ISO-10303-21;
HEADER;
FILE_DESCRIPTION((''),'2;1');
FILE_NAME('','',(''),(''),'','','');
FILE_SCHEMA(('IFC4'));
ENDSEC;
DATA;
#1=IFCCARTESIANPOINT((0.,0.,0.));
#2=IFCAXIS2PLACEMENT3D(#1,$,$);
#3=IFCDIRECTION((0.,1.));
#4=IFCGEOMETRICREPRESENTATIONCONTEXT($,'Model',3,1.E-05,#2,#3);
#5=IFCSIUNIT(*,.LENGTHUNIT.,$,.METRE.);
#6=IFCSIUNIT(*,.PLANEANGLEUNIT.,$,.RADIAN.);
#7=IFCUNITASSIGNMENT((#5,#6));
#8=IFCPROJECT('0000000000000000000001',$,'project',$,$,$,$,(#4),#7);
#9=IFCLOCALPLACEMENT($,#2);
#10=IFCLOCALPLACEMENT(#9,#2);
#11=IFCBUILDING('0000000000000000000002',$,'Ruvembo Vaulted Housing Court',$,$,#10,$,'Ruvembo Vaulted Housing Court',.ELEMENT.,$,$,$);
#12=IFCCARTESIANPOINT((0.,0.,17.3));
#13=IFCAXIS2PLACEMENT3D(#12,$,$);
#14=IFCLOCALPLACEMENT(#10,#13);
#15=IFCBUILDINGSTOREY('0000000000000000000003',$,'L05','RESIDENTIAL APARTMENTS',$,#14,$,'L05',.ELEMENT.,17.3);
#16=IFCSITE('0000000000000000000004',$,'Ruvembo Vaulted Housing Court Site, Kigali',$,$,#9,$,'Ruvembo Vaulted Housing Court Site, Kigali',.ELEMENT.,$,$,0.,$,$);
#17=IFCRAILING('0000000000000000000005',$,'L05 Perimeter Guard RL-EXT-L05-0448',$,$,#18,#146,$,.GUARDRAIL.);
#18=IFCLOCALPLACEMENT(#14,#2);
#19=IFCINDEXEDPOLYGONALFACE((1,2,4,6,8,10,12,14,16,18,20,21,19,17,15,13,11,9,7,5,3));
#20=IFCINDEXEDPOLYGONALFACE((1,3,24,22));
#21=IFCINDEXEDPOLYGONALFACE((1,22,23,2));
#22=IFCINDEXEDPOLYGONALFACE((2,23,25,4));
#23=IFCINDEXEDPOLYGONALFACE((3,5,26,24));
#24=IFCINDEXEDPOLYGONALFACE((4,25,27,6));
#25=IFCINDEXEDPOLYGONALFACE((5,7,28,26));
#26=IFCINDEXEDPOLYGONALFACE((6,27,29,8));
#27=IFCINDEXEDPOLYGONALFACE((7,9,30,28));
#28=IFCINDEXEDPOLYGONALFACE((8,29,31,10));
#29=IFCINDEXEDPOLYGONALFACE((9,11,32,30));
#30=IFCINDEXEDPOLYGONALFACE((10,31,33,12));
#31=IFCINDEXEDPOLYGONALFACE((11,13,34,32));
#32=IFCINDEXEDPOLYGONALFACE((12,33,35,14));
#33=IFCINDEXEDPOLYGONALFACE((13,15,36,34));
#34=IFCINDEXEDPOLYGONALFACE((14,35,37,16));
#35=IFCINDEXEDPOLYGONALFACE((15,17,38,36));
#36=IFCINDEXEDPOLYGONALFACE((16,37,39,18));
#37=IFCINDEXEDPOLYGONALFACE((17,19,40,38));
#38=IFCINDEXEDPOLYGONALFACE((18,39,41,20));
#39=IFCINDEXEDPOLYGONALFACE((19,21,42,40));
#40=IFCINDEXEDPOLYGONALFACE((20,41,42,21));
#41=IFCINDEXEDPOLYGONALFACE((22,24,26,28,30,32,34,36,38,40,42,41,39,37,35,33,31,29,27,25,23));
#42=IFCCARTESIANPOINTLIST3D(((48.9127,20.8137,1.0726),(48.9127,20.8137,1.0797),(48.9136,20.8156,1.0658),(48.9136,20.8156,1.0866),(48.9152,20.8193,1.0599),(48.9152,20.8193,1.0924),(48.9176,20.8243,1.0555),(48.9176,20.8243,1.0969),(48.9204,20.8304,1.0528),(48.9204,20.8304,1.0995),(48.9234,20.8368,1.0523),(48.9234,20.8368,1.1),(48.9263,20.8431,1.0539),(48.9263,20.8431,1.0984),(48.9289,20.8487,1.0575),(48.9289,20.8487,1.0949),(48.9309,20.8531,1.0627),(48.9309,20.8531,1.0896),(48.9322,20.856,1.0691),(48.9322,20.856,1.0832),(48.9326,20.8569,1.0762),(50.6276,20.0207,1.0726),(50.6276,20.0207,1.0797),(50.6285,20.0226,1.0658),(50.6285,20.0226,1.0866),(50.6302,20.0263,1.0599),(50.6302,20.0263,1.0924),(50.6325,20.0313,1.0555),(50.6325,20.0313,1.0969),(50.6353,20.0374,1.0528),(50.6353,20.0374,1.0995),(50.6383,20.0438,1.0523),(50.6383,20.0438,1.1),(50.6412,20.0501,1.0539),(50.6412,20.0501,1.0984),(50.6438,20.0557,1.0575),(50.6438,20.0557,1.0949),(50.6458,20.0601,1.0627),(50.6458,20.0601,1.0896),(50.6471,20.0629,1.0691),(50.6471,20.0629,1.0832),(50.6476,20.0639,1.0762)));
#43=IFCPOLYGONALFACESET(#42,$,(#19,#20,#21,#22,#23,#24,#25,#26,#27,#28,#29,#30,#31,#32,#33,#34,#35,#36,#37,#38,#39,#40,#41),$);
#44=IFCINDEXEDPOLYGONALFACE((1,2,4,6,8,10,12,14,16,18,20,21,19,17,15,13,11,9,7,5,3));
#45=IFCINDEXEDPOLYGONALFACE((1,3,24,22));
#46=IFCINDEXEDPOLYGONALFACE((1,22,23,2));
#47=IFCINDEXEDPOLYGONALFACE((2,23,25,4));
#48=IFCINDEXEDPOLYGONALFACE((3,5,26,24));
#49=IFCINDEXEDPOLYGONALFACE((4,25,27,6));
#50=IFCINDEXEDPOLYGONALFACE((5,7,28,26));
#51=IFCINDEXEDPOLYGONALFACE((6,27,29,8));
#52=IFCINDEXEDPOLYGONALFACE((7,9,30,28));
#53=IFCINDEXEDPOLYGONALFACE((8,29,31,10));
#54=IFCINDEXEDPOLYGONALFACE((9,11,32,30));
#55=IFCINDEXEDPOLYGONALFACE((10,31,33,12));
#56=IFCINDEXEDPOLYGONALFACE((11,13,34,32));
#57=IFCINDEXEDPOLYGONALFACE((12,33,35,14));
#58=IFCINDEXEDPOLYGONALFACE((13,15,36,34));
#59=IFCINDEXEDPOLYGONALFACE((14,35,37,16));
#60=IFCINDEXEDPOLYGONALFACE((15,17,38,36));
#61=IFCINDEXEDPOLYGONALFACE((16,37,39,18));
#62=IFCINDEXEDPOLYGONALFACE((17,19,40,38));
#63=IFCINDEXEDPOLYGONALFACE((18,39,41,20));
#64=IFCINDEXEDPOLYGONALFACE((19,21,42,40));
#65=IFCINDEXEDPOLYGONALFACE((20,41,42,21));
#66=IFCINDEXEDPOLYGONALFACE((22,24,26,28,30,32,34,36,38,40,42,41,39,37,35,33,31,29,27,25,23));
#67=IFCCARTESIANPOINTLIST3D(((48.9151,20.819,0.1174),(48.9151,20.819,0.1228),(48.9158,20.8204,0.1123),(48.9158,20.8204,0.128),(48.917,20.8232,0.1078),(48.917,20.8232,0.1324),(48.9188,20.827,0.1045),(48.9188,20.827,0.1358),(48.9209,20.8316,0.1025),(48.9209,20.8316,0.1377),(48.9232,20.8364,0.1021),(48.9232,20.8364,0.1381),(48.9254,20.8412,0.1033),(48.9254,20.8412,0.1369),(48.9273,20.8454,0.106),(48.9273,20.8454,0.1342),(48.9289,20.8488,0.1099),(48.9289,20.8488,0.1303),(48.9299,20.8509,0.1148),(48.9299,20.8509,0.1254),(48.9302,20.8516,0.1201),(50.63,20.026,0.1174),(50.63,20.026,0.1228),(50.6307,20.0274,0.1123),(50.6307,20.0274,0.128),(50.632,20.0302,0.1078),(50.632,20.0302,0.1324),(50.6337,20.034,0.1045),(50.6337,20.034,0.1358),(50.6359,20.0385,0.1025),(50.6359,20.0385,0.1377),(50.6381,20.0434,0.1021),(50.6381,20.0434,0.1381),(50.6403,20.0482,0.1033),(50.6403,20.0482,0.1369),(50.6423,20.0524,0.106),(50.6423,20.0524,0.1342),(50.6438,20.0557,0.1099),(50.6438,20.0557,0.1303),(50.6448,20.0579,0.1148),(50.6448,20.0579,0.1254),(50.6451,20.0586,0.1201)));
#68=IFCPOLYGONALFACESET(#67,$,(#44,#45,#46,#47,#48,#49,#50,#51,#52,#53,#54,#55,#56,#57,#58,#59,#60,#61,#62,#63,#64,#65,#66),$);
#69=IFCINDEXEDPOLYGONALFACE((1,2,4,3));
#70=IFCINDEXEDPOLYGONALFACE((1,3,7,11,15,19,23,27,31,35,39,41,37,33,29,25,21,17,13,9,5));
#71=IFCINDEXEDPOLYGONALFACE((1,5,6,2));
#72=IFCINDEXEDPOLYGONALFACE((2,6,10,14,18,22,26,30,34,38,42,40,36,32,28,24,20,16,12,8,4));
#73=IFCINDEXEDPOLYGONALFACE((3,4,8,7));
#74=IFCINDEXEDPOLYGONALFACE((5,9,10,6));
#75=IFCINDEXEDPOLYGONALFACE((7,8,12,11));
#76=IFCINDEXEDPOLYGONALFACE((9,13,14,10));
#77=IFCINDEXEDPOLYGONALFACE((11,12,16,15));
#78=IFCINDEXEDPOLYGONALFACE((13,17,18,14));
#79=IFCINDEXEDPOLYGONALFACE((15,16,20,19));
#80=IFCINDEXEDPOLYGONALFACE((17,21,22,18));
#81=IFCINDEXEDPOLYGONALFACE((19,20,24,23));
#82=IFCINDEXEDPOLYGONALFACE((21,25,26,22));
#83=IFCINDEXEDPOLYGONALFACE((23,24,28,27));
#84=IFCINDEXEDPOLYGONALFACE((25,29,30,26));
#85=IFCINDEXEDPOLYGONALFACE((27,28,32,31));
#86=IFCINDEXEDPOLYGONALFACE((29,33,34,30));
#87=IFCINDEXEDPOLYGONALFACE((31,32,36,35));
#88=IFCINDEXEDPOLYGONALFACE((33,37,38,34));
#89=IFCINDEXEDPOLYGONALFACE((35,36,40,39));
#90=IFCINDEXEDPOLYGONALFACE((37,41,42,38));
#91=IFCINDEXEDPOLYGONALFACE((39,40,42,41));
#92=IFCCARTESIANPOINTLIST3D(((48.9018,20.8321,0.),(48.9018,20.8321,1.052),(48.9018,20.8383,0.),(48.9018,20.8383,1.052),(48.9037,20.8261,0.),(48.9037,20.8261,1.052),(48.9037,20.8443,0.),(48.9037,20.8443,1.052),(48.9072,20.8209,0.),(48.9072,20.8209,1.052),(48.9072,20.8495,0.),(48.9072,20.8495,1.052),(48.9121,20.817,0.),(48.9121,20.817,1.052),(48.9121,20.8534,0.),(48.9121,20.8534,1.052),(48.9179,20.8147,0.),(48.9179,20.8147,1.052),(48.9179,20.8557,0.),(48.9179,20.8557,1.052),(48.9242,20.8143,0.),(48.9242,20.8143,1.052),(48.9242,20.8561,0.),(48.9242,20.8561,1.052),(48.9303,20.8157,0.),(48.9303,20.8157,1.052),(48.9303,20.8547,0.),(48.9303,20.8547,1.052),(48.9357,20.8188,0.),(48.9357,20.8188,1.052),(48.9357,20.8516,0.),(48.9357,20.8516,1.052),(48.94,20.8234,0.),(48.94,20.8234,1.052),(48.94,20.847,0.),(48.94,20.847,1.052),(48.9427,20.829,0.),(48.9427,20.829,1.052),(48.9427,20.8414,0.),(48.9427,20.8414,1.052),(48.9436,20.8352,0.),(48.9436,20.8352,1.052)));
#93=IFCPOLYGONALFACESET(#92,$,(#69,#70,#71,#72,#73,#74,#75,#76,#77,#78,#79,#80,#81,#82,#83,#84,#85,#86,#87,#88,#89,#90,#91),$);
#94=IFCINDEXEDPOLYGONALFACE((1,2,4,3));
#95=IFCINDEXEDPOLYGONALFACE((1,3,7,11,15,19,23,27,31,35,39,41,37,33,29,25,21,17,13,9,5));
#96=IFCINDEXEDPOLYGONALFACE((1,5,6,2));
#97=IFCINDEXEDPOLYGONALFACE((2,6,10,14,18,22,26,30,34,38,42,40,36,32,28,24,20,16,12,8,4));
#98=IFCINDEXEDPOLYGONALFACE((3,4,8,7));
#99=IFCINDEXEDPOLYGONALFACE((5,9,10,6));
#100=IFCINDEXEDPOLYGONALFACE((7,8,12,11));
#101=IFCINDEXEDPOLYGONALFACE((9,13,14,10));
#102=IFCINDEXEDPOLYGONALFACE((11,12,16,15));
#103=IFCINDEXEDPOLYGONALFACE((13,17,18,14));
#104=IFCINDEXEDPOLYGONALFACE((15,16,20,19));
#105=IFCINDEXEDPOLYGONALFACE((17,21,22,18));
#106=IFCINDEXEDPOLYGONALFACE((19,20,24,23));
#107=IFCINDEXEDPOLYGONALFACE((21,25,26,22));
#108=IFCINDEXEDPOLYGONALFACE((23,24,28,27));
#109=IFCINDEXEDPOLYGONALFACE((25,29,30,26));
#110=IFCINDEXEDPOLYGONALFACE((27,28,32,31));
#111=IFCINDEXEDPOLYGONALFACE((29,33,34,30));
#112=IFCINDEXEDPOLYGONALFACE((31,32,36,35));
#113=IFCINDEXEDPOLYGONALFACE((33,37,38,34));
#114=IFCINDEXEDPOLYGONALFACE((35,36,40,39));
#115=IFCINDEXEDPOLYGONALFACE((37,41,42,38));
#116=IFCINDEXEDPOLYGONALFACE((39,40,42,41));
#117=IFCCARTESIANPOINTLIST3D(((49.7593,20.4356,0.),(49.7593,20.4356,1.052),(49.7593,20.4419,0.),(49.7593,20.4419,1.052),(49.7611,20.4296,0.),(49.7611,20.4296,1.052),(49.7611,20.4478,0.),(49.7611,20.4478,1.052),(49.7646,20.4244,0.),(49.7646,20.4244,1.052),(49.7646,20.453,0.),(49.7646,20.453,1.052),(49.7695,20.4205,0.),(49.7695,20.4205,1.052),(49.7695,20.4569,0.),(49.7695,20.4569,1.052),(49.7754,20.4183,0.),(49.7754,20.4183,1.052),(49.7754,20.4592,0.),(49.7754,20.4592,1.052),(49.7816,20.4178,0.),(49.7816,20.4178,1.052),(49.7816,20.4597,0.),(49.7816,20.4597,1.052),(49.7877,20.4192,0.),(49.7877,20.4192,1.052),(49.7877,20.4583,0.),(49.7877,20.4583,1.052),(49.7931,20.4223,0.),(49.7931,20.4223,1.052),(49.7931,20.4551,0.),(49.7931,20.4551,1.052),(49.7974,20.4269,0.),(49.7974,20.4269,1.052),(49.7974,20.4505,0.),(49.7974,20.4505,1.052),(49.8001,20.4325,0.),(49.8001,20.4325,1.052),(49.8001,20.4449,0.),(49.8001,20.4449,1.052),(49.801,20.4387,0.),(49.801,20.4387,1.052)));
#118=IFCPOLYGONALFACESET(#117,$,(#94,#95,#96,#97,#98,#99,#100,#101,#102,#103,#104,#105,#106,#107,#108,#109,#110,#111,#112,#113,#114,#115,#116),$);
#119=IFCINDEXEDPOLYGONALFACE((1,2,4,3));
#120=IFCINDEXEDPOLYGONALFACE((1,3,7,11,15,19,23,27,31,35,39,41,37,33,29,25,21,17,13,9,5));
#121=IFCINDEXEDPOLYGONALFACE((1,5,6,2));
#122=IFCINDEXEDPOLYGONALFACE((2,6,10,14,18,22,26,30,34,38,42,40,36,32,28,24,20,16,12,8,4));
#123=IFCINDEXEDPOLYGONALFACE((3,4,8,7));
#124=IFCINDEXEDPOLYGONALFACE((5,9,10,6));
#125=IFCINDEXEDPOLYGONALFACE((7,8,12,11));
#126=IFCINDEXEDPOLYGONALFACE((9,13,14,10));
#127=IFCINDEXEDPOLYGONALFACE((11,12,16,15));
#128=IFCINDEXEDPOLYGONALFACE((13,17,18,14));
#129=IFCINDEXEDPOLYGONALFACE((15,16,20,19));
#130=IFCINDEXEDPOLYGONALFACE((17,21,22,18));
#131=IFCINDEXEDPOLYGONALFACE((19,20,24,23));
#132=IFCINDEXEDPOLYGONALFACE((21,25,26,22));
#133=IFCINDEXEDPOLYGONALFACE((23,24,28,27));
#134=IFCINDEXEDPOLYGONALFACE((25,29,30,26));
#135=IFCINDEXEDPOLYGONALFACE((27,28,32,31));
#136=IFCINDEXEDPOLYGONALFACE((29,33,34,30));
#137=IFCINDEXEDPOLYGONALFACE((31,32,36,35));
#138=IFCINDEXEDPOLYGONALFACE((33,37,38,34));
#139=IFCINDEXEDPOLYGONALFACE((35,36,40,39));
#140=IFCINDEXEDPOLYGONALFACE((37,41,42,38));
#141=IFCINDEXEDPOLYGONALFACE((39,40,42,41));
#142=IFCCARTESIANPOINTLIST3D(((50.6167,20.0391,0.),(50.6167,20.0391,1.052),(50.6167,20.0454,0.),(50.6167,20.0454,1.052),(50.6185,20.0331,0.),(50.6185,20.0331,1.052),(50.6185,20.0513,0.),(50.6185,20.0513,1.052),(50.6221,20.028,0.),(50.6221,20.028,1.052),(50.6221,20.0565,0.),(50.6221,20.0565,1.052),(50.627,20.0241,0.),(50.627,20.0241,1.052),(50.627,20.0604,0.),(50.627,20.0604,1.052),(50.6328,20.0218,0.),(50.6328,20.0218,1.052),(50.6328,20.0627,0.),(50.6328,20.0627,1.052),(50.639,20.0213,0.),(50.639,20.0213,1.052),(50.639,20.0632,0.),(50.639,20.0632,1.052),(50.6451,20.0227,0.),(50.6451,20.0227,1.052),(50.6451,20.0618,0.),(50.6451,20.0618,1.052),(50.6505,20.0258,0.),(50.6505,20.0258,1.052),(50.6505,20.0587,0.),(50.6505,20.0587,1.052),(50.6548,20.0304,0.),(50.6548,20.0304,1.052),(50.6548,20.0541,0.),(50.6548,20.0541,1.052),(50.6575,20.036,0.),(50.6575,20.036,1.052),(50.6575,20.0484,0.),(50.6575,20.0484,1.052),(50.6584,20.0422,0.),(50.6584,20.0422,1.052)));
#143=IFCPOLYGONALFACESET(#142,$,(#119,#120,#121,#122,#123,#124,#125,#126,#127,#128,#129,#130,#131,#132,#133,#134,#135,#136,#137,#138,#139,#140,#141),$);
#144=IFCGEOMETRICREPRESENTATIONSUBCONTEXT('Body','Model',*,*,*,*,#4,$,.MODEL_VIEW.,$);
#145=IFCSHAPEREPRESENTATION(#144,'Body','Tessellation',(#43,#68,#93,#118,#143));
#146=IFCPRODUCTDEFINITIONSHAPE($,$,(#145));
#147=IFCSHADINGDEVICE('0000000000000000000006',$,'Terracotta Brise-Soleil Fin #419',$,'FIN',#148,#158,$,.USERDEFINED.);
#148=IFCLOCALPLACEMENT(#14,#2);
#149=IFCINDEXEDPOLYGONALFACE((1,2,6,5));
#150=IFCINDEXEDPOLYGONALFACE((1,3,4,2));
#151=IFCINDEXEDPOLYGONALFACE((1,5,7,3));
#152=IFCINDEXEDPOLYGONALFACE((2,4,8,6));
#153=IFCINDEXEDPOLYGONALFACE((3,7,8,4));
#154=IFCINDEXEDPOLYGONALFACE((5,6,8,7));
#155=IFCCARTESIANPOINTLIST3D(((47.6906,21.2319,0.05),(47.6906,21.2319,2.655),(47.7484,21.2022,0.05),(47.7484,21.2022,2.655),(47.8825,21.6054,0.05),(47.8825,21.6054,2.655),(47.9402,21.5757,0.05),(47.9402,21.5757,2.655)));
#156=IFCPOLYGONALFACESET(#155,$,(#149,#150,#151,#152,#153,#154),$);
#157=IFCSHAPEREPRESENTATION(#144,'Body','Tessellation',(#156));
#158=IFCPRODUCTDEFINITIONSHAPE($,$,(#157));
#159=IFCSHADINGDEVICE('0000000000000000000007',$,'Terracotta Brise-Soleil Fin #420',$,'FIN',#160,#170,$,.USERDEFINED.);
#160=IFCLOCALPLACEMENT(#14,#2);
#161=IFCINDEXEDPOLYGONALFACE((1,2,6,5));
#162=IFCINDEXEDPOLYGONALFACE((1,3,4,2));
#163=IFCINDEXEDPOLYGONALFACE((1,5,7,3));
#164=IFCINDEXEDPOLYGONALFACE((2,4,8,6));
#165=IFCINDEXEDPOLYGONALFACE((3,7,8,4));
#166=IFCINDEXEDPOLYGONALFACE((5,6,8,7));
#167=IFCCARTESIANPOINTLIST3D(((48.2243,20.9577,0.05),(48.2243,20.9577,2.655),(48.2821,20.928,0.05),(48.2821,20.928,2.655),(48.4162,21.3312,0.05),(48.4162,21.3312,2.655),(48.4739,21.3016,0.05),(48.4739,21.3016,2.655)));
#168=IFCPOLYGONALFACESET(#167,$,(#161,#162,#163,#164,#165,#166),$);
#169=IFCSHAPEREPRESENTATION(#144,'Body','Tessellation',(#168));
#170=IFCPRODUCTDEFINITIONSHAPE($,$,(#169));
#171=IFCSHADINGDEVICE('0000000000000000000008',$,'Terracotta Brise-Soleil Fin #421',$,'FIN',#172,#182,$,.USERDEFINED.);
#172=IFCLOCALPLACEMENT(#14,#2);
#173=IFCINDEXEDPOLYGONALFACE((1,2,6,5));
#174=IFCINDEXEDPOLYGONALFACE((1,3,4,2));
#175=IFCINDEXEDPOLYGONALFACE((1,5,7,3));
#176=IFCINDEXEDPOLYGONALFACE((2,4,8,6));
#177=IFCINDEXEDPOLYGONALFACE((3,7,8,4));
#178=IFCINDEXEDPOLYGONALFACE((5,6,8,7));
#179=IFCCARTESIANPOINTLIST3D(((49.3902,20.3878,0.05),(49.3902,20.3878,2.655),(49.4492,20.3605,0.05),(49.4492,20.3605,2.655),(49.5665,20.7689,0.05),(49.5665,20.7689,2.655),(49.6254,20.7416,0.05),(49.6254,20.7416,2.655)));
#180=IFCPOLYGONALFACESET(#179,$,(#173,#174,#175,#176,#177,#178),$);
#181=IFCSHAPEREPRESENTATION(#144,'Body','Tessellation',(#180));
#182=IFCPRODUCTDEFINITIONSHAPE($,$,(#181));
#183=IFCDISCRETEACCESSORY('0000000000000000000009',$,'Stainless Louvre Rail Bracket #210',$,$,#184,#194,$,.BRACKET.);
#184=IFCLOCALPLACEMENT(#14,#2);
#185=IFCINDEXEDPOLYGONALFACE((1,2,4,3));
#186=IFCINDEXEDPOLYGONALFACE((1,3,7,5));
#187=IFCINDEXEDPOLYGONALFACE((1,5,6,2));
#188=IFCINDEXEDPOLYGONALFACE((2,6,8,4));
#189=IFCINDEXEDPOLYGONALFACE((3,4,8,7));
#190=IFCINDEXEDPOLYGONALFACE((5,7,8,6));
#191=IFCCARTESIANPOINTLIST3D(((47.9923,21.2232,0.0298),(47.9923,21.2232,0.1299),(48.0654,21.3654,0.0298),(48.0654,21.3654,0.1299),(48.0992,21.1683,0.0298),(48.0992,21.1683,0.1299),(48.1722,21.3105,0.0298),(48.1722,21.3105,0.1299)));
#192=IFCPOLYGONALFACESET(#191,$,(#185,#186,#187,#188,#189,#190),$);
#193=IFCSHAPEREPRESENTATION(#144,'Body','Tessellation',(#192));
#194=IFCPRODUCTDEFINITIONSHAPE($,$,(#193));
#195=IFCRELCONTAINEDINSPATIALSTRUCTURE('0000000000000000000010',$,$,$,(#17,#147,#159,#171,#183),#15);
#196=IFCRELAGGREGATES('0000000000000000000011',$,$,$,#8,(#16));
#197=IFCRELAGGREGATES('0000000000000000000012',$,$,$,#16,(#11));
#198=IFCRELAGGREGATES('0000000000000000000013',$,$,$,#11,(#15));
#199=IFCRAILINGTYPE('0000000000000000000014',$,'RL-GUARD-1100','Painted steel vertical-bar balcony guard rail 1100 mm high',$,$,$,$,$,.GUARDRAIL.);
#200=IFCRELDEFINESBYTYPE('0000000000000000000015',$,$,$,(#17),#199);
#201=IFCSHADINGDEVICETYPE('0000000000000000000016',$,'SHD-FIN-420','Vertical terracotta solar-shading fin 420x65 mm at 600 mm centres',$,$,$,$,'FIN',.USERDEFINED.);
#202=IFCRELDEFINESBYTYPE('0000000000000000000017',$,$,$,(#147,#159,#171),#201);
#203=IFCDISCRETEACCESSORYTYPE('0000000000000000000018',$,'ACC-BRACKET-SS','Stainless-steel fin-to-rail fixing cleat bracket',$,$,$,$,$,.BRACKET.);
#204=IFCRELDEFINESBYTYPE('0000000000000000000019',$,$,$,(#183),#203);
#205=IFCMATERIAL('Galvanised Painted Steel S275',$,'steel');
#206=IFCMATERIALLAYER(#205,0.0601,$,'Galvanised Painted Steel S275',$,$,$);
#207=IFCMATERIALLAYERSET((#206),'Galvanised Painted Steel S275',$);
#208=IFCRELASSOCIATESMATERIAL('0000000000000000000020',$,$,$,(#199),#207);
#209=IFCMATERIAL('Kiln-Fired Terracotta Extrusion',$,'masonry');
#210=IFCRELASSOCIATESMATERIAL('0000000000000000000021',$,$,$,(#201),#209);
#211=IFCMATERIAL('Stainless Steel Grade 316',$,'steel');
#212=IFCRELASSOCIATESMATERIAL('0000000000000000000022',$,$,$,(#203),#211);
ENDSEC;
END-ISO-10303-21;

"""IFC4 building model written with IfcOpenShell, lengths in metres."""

from ifc_helpers import new_model, si_unit, direction, frame, origin, origin_2d, place, context, subcontext, project, spatial, rectangle, circle, extrude, material, layer, layer_set, type_object, element, save


model = new_model("IFC4")

# Units and contexts
model_context = context("Model", 3, precision=1e-05, world=origin(), true_north=direction((0.0, 1.0)))
body_context = subcontext(model_context, "Body", "Model", "MODEL_VIEW")
ifc_project = project(units=[si_unit("LENGTHUNIT", "METRE"), si_unit("PLANEANGLEUNIT", "RADIAN")], contexts=[model_context])

# Site, building, storey
site_placement = place(None, origin())
site = spatial("IfcSite", under=ifc_project, at=site_placement, Name="Ruvembo Vaulted Housing Court Site, Kigali", LongName="Ruvembo Vaulted Housing Court Site, Kigali", CompositionType="ELEMENT", RefElevation=0.0)
building_placement = place(site_placement, origin())
building = spatial("IfcBuilding", under=site, at=building_placement, Name="Ruvembo Vaulted Housing Court", LongName="Ruvembo Vaulted Housing Court", CompositionType="ELEMENT")
storey_placement = place(building_placement, frame((0.0, 0.0, 17.3)))
storey = spatial("IfcBuildingStorey", under=building, at=storey_placement, Name="L05", Description="RESIDENTIAL APARTMENTS", LongName="L05", CompositionType="ELEMENT", Elevation=17.3)

# Railing
ifc_material_1 = material(Name="Galvanised Painted Steel S275", Category="steel")
ifc_layer_1 = layer(ifc_material_1, 0.0601, Name="Galvanised Painted Steel S275")
ifc_layer_set_1 = layer_set([ifc_layer_1], Name="Galvanised Painted Steel S275")
railing_type = type_object("IfcRailingType", Name="RL-GUARD-1100", Description="Painted steel vertical-bar balcony guard rail 1100 mm high", PredefinedType="GUARDRAIL", material=ifc_layer_set_1)
railing_placement = place(storey_placement, frame((48.9226, 20.8352, 0.0)))
element("IfcRailing", 1, at=railing_placement, inside=storey, type_object=railing_type, Name="L05 Perimeter Guard RL-EXT-L05-0448", PredefinedType="GUARDRAIL", context=body_context, shape_type="SweptSolid", body=[
    extrude(circle(Radius=0.0239, at=origin_2d()), frame((0.0, 0.0, 1.0762), z_axis=(0.907657, -0.419714, 0.0), x_axis=(0.419714, 0.907657, 0.0)), (0.0, 0.0, 1.0), 1.8894),
    extrude(circle(Radius=0.0181, at=origin_2d()), frame((0.0, 0.0, 0.1201), z_axis=(0.907657, -0.419714, 0.0), x_axis=(0.419714, 0.907657, 0.0)), (0.0, 0.0, 1.0), 1.8894),
    extrude(circle(Radius=0.021, at=origin_2d()), origin(), (0.0, 0.0, 1.0), 1.052),
    extrude(circle(Radius=0.021, at=origin_2d()), frame((0.8574, -0.3965, 0.0)), (0.0, 0.0, 1.0), 1.052),
    extrude(circle(Radius=0.021, at=origin_2d()), frame((1.7148, -0.793, 0.0)), (0.0, 0.0, 1.0), 1.052),
])

# Shading devices
ifc_material_2 = material(Name="Kiln-Fired Terracotta Extrusion", Category="masonry")
shading_device_type = type_object("IfcShadingDeviceType", Name="SHD-FIN-420", Description="Vertical terracotta solar-shading fin 420x65 mm at 600 mm centres", ElementType="FIN", PredefinedType="USERDEFINED", material=ifc_material_2)
for number, where, z_axis, x_axis, name in (
    (2, (47.8154, 21.4038, 0.05), (0.0, 0.0, 1.0), (-0.45685, -0.889544, 0.0), "Terracotta Brise-Soleil Fin #419"),
    (3, (48.3491, 21.1296, 0.05), (0.0, 0.0, 1.0), (-0.45685, -0.889544, 0.0), "Terracotta Brise-Soleil Fin #420"),
    (4, (49.5078, 20.5647, 0.05), (0.0, 0.0, 1.0), (-0.419737, -0.907646, 0.0), "Terracotta Brise-Soleil Fin #421"),
):
    element("IfcShadingDevice", number, at=place(storey_placement, frame(where, z_axis=z_axis, x_axis=x_axis)), inside=storey, type_object=shading_device_type, Name=name, ObjectType="FIN", PredefinedType="USERDEFINED", context=body_context, shape_type="SweptSolid", body=[
        extrude(rectangle(XDim=0.4199, YDim=0.0649, at=origin_2d()), origin(), (0.0, 0.0, 1.0), 2.605),
    ])

# Discrete accessory
ifc_material_3 = material(Name="Stainless Steel Grade 316", Category="steel")
discrete_accessory_type = type_object("IfcDiscreteAccessoryType", Name="ACC-BRACKET-SS", Description="Stainless-steel fin-to-rail fixing cleat bracket", PredefinedType="BRACKET", material=ifc_material_3)
discrete_accessory_placement = place(storey_placement, frame((48.0823, 21.2668, 0.0298), z_axis=(0.0, 0.0, 1.0), x_axis=(-0.45685, -0.889544, 0.0)))
element("IfcDiscreteAccessory", 5, at=discrete_accessory_placement, inside=storey, type_object=discrete_accessory_type, Name="Stainless Louvre Rail Bracket #210", PredefinedType="BRACKET", context=body_context, shape_type="SweptSolid", body=[
    extrude(rectangle(XDim=0.1599, YDim=0.1201, at=origin_2d()), origin(), (0.0, 0.0, 1.0), 0.1001),
])

save(model, "model.ifc")
